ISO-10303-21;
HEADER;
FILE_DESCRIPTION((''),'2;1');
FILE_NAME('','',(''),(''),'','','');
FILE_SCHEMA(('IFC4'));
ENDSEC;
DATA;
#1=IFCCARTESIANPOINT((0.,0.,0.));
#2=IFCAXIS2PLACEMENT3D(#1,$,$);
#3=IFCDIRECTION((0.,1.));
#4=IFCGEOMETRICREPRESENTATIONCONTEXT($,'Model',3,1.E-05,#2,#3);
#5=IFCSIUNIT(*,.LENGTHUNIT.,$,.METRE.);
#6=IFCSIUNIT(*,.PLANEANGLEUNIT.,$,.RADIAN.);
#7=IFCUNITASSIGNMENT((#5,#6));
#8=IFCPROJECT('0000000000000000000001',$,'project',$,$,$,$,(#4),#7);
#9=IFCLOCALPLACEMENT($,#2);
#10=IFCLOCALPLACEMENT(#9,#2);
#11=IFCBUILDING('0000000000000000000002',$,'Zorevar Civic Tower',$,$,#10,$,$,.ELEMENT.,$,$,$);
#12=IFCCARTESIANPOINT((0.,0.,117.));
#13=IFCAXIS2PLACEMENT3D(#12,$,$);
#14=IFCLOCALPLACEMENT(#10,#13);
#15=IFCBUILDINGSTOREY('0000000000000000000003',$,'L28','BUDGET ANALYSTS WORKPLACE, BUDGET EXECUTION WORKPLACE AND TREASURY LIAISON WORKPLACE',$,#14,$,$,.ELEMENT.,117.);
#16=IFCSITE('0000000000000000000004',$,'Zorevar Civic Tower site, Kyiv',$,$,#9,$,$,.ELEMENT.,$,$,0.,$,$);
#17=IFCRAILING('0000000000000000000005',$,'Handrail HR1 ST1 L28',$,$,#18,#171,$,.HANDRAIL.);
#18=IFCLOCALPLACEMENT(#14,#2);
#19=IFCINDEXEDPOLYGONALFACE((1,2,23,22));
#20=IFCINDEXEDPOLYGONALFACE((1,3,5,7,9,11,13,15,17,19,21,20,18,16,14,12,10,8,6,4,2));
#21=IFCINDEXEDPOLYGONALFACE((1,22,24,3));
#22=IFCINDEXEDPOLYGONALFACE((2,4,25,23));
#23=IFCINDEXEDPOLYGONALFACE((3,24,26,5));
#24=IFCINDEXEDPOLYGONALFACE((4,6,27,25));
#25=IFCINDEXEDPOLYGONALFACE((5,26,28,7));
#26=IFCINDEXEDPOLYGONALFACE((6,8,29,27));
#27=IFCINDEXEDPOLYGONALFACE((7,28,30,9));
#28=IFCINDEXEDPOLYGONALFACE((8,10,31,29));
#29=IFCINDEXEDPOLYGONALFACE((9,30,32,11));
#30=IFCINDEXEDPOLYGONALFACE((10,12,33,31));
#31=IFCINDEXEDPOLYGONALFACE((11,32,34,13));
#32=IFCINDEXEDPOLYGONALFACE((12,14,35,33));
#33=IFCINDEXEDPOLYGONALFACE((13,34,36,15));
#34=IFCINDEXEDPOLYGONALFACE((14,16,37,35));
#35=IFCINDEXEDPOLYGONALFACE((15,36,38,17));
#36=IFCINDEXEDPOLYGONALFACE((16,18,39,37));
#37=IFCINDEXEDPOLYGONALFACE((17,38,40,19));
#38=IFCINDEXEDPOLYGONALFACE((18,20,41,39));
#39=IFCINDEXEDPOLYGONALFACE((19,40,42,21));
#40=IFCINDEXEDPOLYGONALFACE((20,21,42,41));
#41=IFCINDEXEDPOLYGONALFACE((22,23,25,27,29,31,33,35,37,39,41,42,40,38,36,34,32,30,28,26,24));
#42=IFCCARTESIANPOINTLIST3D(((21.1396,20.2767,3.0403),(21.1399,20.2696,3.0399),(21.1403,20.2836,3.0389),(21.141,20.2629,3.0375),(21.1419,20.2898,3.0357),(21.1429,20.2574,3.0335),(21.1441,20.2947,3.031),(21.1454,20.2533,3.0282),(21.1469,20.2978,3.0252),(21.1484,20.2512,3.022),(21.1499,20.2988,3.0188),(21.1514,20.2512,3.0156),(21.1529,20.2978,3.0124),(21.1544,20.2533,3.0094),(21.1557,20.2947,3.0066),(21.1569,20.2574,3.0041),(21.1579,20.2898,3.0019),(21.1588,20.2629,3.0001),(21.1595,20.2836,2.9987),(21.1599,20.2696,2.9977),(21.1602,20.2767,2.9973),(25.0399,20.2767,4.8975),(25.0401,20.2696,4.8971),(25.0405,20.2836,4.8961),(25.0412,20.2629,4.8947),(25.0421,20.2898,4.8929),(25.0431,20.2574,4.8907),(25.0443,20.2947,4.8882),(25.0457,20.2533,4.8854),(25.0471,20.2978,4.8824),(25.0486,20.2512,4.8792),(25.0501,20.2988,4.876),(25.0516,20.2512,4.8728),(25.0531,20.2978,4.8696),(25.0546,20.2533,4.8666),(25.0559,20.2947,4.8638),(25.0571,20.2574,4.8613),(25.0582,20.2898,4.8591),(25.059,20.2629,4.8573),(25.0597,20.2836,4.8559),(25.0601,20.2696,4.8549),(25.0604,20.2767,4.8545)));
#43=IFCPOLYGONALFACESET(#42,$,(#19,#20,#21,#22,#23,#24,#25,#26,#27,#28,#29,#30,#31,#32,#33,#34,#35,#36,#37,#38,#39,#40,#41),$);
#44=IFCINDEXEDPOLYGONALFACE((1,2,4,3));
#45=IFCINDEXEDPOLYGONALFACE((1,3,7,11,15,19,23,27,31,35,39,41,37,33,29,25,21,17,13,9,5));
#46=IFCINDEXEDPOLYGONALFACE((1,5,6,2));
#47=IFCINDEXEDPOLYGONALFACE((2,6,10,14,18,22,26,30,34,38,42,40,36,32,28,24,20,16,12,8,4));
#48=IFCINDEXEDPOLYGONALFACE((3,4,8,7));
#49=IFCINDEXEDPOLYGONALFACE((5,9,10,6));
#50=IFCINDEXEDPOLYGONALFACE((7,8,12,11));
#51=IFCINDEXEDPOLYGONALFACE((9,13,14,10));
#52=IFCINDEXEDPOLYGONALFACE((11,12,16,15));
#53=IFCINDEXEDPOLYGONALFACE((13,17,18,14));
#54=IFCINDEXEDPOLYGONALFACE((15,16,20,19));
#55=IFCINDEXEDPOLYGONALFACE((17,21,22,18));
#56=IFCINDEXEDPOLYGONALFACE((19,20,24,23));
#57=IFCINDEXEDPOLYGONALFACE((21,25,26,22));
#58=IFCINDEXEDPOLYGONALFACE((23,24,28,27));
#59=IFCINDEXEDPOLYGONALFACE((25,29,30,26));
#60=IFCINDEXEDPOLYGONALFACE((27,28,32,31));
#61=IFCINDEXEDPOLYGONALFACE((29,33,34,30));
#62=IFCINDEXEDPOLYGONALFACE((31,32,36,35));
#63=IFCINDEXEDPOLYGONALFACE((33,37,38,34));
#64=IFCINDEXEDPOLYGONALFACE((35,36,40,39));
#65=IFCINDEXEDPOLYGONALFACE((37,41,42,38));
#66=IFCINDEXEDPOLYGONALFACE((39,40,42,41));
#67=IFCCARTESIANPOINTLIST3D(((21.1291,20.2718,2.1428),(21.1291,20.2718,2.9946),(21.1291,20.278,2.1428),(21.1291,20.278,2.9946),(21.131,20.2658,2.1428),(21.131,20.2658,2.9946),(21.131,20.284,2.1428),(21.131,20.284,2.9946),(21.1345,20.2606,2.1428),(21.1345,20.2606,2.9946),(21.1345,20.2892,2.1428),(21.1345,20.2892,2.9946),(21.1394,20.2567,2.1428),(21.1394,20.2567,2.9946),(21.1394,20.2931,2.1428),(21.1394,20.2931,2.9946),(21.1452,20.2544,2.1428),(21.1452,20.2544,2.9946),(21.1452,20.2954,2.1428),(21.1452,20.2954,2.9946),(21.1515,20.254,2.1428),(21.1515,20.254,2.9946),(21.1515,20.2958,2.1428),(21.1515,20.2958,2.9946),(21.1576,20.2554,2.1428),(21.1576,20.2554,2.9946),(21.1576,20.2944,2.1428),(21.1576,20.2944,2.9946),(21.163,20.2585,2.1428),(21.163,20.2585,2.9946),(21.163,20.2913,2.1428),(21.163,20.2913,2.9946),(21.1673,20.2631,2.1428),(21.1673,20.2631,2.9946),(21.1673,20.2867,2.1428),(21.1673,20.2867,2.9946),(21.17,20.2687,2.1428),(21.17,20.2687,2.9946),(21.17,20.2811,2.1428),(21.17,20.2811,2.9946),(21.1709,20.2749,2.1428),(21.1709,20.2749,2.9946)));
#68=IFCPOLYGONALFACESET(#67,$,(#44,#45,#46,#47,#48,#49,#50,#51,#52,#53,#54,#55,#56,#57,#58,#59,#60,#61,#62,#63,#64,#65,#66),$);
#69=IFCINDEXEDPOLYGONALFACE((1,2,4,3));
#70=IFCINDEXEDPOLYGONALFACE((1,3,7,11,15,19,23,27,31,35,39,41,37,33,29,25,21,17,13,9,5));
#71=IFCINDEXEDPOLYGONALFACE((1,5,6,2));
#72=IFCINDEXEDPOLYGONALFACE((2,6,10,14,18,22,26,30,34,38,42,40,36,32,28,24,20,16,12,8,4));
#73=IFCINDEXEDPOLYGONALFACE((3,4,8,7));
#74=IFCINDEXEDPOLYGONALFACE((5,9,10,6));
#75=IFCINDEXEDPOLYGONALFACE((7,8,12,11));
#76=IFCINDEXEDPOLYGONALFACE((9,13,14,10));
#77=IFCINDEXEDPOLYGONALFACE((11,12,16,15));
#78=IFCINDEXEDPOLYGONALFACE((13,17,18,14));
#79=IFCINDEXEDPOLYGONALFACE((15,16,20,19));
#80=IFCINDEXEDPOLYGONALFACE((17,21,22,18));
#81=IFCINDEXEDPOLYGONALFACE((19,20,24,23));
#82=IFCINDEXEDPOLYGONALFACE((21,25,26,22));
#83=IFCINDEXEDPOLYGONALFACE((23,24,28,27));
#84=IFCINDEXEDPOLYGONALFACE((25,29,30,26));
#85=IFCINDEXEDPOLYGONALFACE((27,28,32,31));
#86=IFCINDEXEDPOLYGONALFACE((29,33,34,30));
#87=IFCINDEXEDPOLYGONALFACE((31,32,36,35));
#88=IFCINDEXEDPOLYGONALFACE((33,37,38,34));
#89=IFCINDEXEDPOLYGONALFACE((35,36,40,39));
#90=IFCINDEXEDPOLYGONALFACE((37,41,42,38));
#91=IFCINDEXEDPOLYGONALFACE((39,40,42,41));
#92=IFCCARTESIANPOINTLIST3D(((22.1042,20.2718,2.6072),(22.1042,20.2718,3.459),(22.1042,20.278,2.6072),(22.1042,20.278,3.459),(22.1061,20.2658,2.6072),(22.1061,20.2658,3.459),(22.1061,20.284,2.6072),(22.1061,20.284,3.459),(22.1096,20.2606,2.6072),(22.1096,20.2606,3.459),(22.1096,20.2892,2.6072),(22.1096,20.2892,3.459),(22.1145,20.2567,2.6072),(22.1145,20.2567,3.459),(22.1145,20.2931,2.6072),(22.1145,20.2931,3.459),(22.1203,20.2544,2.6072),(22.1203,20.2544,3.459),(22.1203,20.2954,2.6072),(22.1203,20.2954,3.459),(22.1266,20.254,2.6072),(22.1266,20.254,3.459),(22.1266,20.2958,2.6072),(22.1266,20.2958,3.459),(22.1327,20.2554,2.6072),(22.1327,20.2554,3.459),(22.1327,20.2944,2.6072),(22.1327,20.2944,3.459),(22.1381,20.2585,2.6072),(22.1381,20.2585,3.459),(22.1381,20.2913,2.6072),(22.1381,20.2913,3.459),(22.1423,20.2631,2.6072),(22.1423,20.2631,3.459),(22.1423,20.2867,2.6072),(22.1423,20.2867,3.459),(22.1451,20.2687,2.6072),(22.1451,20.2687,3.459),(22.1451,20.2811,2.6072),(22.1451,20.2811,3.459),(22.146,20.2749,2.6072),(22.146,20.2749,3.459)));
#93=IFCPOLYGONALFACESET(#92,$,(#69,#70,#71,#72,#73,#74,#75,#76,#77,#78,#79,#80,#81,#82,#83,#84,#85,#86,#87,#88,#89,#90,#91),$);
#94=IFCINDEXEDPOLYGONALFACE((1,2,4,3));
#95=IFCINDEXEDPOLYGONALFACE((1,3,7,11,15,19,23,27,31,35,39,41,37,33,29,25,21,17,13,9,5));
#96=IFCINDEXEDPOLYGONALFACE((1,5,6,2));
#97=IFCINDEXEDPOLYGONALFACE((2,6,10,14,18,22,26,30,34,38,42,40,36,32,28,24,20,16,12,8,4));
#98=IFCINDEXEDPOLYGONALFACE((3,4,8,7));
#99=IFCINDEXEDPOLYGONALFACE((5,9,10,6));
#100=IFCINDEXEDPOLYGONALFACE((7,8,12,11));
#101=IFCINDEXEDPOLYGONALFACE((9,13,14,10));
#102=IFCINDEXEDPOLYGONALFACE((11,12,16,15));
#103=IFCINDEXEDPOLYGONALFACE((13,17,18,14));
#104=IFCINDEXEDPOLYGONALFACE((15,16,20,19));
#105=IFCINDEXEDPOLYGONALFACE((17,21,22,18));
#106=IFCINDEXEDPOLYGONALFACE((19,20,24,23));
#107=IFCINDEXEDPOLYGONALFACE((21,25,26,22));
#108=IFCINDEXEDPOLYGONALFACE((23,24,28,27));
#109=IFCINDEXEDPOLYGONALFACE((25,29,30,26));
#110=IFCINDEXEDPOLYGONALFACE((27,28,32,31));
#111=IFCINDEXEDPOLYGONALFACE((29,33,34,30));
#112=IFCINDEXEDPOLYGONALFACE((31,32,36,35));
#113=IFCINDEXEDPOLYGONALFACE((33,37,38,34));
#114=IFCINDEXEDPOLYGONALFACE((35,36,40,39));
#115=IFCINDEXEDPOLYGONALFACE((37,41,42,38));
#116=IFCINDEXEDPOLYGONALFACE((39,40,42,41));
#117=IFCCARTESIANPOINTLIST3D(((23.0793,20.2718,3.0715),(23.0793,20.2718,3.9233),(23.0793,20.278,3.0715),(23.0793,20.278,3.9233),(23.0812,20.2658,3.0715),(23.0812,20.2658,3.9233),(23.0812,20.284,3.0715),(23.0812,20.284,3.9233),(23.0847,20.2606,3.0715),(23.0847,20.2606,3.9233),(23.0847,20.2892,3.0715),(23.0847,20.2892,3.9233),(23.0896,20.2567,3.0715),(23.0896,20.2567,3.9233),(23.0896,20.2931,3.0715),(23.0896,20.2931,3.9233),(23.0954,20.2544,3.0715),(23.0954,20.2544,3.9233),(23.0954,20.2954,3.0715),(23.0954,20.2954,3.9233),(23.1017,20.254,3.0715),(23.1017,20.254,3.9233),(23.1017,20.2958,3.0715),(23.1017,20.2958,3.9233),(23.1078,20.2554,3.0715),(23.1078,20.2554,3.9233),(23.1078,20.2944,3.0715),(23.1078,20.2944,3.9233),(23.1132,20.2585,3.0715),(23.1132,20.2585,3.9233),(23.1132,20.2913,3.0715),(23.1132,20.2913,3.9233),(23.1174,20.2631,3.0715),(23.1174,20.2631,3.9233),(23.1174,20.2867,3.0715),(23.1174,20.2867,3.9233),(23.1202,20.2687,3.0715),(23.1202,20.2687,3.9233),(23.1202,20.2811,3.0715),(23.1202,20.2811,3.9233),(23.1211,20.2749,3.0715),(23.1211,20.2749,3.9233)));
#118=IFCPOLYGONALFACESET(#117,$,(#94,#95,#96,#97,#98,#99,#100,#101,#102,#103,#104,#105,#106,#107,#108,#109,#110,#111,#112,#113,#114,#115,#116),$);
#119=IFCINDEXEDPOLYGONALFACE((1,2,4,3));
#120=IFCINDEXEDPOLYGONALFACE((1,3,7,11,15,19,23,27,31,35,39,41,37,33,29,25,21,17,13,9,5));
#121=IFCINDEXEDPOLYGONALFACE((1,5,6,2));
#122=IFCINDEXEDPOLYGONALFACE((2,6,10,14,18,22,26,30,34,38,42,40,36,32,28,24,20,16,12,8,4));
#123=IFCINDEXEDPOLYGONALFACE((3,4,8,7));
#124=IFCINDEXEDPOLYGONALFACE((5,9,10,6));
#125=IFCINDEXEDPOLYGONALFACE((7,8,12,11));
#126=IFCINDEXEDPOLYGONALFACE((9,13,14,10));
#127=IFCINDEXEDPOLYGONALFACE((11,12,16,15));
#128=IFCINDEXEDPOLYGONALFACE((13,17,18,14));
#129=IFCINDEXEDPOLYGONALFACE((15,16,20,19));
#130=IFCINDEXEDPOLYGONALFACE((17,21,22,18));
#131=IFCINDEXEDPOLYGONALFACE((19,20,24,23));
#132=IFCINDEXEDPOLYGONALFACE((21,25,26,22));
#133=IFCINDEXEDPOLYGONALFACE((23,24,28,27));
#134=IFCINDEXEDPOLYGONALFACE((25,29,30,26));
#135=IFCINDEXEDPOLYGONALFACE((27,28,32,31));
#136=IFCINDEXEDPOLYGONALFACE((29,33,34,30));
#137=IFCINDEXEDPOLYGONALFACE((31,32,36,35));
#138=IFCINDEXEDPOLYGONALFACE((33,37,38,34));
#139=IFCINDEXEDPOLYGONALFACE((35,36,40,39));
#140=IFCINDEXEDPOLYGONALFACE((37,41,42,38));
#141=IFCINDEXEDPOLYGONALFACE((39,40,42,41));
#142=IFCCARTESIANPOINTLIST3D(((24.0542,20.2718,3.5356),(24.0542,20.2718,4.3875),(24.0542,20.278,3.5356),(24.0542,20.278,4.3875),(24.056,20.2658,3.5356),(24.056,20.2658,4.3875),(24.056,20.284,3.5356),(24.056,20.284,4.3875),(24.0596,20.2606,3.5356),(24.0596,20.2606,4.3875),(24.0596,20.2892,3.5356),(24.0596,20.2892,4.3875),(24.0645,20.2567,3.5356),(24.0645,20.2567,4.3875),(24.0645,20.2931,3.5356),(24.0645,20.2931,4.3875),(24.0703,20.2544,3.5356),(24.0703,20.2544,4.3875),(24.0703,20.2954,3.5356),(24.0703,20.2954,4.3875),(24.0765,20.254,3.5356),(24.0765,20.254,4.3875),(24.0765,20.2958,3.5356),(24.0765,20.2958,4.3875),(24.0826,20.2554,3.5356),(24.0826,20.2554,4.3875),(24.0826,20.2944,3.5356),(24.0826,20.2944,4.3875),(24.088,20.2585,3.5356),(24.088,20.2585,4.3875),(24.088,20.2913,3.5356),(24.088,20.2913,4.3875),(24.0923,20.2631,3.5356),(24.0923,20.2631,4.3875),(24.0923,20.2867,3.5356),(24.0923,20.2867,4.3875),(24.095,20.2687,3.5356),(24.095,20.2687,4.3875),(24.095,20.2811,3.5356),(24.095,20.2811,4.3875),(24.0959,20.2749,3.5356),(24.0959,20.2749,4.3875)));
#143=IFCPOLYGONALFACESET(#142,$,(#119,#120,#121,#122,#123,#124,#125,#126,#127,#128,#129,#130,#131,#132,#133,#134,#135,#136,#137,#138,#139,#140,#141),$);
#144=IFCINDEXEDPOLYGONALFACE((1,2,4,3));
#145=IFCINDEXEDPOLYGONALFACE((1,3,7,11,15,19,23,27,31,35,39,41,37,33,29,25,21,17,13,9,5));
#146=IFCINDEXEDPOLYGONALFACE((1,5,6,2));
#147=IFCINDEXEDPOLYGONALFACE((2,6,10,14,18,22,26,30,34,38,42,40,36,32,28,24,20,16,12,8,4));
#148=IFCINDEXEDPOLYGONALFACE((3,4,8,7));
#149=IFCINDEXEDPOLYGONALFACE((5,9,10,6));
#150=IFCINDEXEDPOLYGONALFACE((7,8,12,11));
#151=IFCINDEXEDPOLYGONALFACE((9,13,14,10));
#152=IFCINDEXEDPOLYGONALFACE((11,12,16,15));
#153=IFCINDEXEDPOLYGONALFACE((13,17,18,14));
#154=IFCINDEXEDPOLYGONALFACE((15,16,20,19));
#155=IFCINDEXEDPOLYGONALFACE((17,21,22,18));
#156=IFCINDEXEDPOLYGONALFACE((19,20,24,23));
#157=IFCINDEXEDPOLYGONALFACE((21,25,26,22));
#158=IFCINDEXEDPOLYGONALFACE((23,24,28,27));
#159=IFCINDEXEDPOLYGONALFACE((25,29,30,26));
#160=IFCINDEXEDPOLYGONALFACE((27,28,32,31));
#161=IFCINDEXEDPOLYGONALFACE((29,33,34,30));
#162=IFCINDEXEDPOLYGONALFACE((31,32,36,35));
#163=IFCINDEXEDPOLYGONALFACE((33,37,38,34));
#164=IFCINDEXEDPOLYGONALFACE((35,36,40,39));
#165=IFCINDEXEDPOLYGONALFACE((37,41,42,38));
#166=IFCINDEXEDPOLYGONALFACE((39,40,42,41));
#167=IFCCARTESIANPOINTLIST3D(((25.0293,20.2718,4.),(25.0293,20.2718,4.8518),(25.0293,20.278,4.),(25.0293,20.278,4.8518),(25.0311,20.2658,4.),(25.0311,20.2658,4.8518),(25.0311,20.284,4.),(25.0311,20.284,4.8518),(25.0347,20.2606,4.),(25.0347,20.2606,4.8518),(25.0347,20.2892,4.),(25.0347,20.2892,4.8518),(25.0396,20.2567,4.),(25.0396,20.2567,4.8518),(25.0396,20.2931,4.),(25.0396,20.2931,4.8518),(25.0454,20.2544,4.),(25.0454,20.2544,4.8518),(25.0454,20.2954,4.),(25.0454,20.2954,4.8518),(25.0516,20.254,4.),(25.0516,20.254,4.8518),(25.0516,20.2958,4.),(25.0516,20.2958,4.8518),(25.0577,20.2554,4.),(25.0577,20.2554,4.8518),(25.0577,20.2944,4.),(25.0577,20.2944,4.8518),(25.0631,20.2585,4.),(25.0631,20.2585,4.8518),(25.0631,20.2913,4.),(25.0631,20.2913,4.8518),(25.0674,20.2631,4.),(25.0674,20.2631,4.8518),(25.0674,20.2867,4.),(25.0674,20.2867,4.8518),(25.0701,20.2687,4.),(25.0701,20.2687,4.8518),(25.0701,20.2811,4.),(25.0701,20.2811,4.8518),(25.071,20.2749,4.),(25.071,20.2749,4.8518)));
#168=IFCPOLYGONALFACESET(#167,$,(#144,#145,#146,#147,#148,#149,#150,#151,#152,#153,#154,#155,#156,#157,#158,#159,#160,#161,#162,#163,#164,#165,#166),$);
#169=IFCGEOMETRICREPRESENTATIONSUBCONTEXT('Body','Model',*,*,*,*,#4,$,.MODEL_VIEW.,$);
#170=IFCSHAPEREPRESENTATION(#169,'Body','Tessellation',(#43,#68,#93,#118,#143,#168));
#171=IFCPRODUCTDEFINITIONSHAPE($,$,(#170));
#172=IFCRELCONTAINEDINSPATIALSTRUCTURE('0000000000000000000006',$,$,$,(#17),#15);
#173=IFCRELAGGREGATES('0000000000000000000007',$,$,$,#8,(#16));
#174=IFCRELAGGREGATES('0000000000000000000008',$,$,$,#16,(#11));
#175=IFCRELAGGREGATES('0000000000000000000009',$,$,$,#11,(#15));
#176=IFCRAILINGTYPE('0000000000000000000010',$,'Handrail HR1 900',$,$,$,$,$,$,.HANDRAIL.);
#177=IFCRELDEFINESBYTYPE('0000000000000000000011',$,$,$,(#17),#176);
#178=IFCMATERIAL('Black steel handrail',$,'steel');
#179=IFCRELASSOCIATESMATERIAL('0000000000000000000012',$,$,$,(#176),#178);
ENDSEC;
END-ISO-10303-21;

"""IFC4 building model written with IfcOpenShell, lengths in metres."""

from ifc_helpers import new_model, si_unit, direction, frame, origin, origin_2d, place, context, subcontext, project, spatial, circle, extrude, material, type_object, element, save


model = new_model("IFC4")

# Units and contexts
model_context = context("Model", 3, precision=1e-05, world=origin(), true_north=direction((0.0, 1.0)))
body_context = subcontext(model_context, "Body", "Model", "MODEL_VIEW")
ifc_project = project(units=[si_unit("LENGTHUNIT", "METRE"), si_unit("PLANEANGLEUNIT", "RADIAN")], contexts=[model_context])

# Site, building, storey
site_placement = place(None, origin())
site = spatial("IfcSite", under=ifc_project, at=site_placement, Name="Zorevar Civic Tower site, Kyiv", CompositionType="ELEMENT", RefElevation=0.0)
building_placement = place(site_placement, origin())
building = spatial("IfcBuilding", under=site, at=building_placement, Name="Zorevar Civic Tower", CompositionType="ELEMENT")
storey_placement = place(building_placement, frame((0.0, 0.0, 117.0)))
storey = spatial("IfcBuildingStorey", under=building, at=storey_placement, Name="L28", Description="BUDGET ANALYSTS WORKPLACE, BUDGET EXECUTION WORKPLACE AND TREASURY LIAISON WORKPLACE", CompositionType="ELEMENT", Elevation=117.0)

# Railing
ifc_material_1 = material(Name="Black steel handrail", Category="steel")
railing_type = type_object("IfcRailingType", Name="Handrail HR1 900", PredefinedType="HANDRAIL", material=ifc_material_1)
railing_1_placement = place(storey_placement, frame((21.1499, 20.2749, 2.1428)))
element("IfcRailing", 1, at=railing_1_placement, inside=storey, type_object=railing_type, Name="Handrail HR1 ST1 L28", PredefinedType="HANDRAIL", context=body_context, shape_type="SweptSolid", body=[
    extrude(circle(Radius=0.0239, at=origin_2d()), frame((0.0, 0.0, 0.876), z_axis=(0.902864, 0.0, 0.429927), x_axis=(0.0, 1.0, 0.0)), (0.0, 0.0, 1.0), 4.3198),
    extrude(circle(Radius=0.021, at=origin_2d()), origin(), (0.0, 0.0, 1.0), 0.8518),
    extrude(circle(Radius=0.021, at=origin_2d()), frame((0.9751, 0.0, 0.4644)), (0.0, 0.0, 1.0), 0.8518),
    extrude(circle(Radius=0.021, at=origin_2d()), frame((1.9502, 0.0, 0.9287)), (0.0, 0.0, 1.0), 0.8518),
    extrude(circle(Radius=0.021, at=origin_2d()), frame((2.925, 0.0, 1.3928)), (0.0, 0.0, 1.0), 0.8518),
    extrude(circle(Radius=0.021, at=origin_2d()), frame((3.9001, 0.0, 1.8572)), (0.0, 0.0, 1.0), 0.8518),
])

save(model, "model.ifc")
